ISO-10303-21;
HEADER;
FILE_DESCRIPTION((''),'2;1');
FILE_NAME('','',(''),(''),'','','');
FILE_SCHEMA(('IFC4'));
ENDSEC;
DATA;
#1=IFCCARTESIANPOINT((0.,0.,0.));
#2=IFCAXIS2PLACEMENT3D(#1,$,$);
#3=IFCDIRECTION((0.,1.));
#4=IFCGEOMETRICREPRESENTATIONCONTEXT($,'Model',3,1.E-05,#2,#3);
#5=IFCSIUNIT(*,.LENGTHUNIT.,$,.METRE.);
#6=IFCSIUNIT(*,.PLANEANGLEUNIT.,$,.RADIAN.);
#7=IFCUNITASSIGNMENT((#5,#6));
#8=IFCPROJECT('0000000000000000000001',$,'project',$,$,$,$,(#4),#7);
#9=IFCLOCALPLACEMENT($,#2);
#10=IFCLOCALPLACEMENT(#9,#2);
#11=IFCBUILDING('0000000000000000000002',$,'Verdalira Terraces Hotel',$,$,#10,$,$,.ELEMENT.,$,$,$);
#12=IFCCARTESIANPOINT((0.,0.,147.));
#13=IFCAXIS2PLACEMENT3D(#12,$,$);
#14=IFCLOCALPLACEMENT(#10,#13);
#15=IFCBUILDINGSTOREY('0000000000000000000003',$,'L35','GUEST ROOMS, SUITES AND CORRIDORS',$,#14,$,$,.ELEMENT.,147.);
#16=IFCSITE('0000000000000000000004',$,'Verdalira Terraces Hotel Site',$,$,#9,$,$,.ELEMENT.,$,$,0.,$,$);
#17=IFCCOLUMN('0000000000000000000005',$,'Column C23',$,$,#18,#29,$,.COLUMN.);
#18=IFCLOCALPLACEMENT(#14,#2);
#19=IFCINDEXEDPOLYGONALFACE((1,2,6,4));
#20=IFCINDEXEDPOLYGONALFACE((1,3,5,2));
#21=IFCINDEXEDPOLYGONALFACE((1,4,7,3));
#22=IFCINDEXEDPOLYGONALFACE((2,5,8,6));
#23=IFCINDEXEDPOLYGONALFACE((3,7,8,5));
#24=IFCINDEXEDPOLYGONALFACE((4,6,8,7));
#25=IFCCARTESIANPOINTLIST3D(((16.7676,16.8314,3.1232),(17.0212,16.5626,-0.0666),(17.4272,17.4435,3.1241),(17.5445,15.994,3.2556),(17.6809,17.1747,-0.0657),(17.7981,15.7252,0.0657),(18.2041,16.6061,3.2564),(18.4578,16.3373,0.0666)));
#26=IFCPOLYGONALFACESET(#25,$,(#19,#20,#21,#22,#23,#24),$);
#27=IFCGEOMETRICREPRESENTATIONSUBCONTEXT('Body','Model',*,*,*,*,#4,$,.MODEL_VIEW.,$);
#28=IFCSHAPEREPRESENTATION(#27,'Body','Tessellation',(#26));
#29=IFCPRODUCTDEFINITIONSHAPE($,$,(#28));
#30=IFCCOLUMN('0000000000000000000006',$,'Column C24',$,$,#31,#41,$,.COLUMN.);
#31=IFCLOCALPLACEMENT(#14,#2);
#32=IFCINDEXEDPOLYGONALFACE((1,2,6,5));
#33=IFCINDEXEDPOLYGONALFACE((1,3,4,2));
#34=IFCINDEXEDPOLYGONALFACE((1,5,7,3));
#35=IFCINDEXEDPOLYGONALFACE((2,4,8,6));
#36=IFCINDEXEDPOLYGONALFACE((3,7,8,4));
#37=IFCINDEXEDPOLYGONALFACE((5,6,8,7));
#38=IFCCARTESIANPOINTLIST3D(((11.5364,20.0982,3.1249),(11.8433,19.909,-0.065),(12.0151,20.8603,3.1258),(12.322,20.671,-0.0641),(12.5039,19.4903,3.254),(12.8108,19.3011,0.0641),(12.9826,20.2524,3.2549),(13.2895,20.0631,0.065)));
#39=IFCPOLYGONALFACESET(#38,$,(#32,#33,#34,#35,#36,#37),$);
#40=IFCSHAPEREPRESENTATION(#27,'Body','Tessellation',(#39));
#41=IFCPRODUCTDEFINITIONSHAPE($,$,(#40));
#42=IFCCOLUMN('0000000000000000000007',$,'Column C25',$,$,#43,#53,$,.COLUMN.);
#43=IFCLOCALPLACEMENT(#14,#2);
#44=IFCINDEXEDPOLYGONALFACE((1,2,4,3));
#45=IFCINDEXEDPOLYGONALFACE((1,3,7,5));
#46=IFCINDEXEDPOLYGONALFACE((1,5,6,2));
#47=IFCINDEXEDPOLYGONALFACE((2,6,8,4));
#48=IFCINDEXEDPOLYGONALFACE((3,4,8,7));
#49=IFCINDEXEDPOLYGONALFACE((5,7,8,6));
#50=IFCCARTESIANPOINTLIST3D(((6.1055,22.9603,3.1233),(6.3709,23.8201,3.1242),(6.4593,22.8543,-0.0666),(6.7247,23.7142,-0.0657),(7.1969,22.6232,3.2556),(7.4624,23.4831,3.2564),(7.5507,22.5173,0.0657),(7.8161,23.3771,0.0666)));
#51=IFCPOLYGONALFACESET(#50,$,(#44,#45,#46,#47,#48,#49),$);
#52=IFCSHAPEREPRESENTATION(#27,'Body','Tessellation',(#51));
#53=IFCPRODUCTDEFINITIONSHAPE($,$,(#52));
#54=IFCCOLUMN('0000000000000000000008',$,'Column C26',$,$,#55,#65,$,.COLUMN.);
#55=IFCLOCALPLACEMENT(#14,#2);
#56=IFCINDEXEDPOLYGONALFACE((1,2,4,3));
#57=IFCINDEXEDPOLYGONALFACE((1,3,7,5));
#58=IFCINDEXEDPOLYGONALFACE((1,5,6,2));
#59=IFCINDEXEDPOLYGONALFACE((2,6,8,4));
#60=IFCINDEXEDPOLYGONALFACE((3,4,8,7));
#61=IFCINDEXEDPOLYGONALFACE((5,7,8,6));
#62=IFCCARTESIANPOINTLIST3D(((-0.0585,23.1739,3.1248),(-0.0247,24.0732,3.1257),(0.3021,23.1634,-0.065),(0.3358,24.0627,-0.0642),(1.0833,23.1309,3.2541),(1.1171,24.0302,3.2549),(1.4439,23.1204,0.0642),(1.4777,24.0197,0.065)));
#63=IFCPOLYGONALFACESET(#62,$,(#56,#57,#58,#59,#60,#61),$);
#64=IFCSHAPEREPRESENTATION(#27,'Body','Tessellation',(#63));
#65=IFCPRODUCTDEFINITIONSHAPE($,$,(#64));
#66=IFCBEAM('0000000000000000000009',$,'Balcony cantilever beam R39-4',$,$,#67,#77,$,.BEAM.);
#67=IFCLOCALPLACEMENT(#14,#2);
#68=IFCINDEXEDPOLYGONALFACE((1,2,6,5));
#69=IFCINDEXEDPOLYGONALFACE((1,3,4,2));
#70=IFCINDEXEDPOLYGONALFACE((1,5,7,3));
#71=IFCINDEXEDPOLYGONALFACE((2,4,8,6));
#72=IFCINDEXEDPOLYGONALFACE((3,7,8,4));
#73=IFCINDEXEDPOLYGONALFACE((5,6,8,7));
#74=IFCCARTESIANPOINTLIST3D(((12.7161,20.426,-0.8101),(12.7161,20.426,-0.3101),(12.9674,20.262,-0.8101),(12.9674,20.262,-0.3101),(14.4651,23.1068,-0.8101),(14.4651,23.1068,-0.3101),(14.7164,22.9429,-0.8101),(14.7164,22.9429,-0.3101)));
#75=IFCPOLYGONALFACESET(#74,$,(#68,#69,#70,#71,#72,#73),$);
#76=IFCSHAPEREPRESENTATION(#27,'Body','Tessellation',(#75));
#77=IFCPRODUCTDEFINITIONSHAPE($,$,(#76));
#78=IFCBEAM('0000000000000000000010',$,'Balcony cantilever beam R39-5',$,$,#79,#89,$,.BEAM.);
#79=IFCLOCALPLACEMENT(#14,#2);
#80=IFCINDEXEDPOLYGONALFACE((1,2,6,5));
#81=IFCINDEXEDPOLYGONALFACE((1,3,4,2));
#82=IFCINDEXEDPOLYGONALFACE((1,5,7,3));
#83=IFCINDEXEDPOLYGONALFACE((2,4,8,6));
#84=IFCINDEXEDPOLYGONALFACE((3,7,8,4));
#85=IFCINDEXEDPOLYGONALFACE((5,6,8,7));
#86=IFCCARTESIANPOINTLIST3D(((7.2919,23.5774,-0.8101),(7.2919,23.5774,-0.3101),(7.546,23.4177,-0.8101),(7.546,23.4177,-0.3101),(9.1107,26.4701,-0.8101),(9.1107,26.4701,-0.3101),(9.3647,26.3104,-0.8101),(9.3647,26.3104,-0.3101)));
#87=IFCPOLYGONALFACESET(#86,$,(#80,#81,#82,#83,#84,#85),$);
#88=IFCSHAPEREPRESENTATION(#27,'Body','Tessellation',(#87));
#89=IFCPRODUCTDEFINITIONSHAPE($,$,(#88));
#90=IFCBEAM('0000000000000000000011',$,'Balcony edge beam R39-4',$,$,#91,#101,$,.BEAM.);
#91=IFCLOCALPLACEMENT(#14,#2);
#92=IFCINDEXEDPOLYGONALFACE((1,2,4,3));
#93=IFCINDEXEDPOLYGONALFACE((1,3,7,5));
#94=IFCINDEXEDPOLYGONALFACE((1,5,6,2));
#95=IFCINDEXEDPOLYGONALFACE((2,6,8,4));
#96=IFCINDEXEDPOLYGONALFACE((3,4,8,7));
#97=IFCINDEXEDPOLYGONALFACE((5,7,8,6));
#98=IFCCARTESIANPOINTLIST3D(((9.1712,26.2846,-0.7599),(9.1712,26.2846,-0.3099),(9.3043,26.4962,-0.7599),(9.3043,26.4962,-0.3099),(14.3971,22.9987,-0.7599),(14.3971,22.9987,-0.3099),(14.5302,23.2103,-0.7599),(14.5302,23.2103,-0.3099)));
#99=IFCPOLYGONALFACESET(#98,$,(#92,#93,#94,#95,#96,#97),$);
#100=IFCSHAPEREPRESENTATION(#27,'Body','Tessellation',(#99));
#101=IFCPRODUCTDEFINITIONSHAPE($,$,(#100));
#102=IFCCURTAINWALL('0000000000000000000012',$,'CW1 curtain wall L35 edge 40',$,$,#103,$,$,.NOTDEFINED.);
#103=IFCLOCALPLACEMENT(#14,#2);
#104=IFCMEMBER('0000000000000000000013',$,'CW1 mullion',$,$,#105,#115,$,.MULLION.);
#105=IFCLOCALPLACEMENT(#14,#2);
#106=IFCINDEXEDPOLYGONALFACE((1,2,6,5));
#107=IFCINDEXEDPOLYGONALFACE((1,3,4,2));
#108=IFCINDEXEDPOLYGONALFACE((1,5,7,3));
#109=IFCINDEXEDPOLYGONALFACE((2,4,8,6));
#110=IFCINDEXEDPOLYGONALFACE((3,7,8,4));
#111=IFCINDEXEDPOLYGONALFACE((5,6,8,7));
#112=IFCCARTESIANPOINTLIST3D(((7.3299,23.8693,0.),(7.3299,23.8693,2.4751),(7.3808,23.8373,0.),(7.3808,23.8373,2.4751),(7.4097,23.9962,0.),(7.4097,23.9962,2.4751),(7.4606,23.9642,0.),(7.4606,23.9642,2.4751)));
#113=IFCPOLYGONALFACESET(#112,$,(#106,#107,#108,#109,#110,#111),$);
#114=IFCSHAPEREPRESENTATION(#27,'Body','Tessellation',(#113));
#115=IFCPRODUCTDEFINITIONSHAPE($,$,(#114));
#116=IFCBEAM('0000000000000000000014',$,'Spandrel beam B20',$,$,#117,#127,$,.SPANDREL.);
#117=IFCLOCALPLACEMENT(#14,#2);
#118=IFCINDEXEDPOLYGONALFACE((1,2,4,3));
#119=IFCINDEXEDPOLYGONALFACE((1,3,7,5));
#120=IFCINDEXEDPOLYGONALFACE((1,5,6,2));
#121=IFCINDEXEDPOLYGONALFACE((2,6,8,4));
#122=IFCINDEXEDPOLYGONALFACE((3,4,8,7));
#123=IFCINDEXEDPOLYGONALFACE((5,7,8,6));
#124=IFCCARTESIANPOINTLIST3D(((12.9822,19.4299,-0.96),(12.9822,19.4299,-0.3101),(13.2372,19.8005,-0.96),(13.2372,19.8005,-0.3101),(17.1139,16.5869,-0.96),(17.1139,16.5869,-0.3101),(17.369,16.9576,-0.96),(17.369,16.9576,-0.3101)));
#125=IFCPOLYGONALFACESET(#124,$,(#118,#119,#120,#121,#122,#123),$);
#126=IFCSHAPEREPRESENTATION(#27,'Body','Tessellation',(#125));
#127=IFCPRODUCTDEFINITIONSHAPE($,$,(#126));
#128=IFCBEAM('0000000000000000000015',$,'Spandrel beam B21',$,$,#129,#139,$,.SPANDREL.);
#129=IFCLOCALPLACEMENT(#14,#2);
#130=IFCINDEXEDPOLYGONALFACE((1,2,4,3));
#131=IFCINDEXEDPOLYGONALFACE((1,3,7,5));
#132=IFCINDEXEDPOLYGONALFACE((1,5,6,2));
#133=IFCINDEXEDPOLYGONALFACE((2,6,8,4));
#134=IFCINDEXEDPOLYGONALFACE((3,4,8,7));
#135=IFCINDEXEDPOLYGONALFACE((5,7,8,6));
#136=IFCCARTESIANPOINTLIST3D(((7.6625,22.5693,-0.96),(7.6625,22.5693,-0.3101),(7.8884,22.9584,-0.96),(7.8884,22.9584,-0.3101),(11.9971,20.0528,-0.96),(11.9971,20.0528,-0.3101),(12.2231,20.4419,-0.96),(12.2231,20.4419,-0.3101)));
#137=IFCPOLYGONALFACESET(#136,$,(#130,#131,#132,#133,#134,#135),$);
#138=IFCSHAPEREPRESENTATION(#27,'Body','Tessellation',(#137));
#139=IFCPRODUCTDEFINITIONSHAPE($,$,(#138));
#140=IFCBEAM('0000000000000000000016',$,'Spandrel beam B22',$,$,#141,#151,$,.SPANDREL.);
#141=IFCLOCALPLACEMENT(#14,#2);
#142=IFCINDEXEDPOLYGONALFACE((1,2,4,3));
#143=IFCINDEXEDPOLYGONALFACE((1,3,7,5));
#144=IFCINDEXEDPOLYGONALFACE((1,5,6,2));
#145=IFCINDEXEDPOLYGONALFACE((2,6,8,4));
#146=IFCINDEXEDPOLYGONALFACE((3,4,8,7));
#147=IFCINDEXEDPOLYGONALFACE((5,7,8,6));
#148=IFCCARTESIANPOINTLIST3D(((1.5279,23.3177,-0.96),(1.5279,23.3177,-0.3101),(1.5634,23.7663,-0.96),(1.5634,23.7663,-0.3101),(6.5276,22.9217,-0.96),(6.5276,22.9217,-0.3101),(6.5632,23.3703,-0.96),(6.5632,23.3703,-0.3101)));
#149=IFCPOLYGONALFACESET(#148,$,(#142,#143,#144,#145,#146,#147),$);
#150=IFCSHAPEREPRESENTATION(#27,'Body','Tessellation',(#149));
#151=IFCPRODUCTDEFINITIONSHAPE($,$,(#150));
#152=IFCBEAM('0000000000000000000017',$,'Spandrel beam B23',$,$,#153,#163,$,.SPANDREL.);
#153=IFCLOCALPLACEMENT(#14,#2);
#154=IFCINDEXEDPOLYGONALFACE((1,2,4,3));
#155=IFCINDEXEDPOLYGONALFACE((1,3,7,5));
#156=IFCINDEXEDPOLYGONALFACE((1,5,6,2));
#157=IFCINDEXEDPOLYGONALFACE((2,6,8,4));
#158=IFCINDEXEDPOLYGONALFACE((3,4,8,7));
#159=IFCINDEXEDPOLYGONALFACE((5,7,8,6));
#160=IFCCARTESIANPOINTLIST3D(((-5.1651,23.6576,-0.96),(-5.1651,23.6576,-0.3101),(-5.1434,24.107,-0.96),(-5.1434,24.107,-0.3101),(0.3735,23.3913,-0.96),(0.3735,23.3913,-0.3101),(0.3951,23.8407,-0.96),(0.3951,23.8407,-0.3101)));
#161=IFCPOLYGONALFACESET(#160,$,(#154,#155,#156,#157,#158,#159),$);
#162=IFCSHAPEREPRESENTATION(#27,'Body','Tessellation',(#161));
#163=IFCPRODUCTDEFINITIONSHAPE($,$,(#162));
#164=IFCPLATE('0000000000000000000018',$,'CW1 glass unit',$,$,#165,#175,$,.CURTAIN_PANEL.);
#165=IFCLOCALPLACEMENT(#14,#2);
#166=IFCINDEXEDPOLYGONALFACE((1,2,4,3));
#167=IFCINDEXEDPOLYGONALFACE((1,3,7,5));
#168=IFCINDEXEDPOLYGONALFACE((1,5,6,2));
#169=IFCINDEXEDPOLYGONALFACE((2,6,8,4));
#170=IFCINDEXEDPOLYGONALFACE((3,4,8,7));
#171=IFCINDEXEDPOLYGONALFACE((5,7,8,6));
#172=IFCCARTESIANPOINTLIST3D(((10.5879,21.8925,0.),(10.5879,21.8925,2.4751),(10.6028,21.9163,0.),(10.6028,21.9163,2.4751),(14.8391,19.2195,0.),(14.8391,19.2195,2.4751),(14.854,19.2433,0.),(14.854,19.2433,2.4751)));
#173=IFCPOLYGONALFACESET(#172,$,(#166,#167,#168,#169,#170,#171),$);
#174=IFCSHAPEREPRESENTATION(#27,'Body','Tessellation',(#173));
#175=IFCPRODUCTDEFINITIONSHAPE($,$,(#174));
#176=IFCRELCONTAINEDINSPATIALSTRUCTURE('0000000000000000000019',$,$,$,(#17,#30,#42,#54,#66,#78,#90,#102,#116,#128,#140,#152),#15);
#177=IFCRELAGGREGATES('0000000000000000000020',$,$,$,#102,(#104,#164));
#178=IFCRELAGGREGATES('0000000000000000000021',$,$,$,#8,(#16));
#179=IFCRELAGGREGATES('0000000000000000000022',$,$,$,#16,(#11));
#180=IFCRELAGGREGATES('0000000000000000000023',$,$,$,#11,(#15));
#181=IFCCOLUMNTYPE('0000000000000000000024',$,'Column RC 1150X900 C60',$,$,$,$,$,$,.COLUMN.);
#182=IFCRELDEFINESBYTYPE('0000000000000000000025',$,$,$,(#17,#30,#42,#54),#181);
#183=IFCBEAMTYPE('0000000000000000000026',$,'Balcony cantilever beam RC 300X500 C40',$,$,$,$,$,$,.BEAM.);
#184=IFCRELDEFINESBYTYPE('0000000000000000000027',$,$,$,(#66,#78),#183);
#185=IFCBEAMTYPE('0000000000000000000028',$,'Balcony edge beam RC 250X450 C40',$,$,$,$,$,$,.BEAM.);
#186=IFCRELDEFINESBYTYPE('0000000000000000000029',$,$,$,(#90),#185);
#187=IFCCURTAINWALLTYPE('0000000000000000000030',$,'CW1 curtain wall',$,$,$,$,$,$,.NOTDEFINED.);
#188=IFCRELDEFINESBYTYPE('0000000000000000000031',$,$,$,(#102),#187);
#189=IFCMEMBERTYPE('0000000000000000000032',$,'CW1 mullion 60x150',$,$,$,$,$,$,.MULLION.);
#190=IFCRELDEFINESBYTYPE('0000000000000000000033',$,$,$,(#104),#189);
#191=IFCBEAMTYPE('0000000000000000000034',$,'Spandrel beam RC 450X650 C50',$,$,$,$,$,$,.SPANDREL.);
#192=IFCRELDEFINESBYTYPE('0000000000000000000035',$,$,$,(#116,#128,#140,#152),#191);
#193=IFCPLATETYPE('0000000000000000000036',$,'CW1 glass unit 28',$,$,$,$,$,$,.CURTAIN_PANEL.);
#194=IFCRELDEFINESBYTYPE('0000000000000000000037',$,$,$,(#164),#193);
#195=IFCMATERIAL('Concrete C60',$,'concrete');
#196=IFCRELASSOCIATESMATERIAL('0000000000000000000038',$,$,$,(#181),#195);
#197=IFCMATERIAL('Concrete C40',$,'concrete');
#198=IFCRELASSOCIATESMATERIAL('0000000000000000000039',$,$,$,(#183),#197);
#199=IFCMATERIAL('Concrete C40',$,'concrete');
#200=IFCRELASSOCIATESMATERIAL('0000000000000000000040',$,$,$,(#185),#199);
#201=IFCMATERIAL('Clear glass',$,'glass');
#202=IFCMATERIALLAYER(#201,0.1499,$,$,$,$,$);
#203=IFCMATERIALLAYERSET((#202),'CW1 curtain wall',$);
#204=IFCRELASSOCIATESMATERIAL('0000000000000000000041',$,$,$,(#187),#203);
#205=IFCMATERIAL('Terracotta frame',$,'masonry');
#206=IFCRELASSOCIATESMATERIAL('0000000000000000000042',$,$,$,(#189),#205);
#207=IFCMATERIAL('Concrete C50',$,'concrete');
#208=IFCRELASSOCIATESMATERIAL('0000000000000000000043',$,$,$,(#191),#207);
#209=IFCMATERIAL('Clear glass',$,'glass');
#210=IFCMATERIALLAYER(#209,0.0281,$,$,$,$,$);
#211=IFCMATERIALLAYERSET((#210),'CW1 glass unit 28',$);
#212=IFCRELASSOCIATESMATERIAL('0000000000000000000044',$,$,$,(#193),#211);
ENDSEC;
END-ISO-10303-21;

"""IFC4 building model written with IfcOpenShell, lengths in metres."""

from ifc_helpers import new_model, si_unit, direction, frame, origin, origin_2d, place, context, subcontext, project, spatial, rectangle, extrude, material, layer, layer_set, material_profile, profile_set, type_object, element, aggregate, save


model = new_model("IFC4")

# Units and contexts
model_context = context("Model", 3, precision=1e-05, world=origin(), true_north=direction((0.0, 1.0)))
body_context = subcontext(model_context, "Body", "Model", "MODEL_VIEW")
ifc_project = project(units=[si_unit("LENGTHUNIT", "METRE"), si_unit("PLANEANGLEUNIT", "RADIAN")], contexts=[model_context])

# Site, building, storey
site_placement = place(None, origin())
site = spatial("IfcSite", under=ifc_project, at=site_placement, Name="Verdalira Terraces Hotel Site", CompositionType="ELEMENT", RefElevation=0.0)
building_placement = place(site_placement, origin())
building = spatial("IfcBuilding", under=site, at=building_placement, Name="Verdalira Terraces Hotel", CompositionType="ELEMENT")
storey_placement = place(building_placement, frame((0.0, 0.0, 147.0)))
storey = spatial("IfcBuildingStorey", under=building, at=storey_placement, Name="L35", Description="GUEST ROOMS, SUITES AND CORRIDORS", CompositionType="ELEMENT", Elevation=147.0)

# Columns
ifc_material_1 = material(Name="Concrete C60", Category="concrete")
ifc_material_profile_1 = material_profile(ifc_material_1, rectangle(XDim=1.1499, YDim=0.8999, at=origin_2d()), Name="RC 1150X900")
ifc_profile_set_1 = profile_set([ifc_material_profile_1], Name="Concrete C60")
column_type = type_object("IfcColumnType", Name="Column RC 1150X900 C60", PredefinedType="COLUMN", material=ifc_profile_set_1)
column_1_placement = place(storey_placement, frame((17.7395, 16.45, 0.0), z_axis=(-0.078991, 0.083705, 0.993355), x_axis=(0.675614, -0.728217, 0.115087)))
element("IfcColumn", 1, at=column_1_placement, inside=storey, type_object=column_type, Name="Column C23", PredefinedType="COLUMN", context=body_context, shape_type="SweptSolid", body=[
    extrude(rectangle(XDim=1.1499, YDim=0.8999, at=origin_2d()), origin(), (0.0, 0.0, 1.0), 3.2112),
])
column_2_placement = place(storey_placement, frame((12.5664, 19.9861, 0.0), z_axis=(-0.095595, 0.058939, 0.993674), x_axis=(-0.841376, 0.528654, -0.1123)))
element("IfcColumn", 2, at=column_2_placement, inside=storey, type_object=column_type, Name="Column C24", PredefinedType="COLUMN", context=body_context, shape_type="SweptSolid", body=[
    extrude(rectangle(XDim=1.1499, YDim=0.8999, at=origin_2d()), origin(), (0.0, 0.0, 1.0), 3.2102),
])
column_3_placement = place(storey_placement, frame((7.1377, 23.1157, 0.0), z_axis=(-0.110163, 0.032996, 0.993366), x_axis=(0.949145, -0.293088, 0.114994)))
element("IfcColumn", 3, at=column_3_placement, inside=storey, type_object=column_type, Name="Column C25", PredefinedType="COLUMN", context=body_context, shape_type="SweptSolid", body=[
    extrude(rectangle(XDim=1.1499, YDim=0.8999, at=origin_2d()), origin(), (0.0, 0.0, 1.0), 3.2112),
])
column_4_placement = place(storey_placement, frame((0.8899, 23.5916, 0.0), z_axis=(-0.112325, 0.00327, 0.993666), x_axis=(-0.992965, 0.037343, -0.112369)))
element("IfcColumn", 4, at=column_4_placement, inside=storey, type_object=column_type, Name="Column C26", PredefinedType="COLUMN", context=body_context, shape_type="SweptSolid", body=[
    extrude(rectangle(XDim=1.1499, YDim=0.8999, at=origin_2d()), origin(), (0.0, 0.0, 1.0), 3.2102),
])

# Beams
ifc_material_2 = material(Name="Concrete C40", Category="concrete")
ifc_material_profile_2 = material_profile(ifc_material_2, rectangle(XDim=0.3, YDim=0.5, at=origin_2d()), Name="RC 300X500")
ifc_profile_set_2 = profile_set([ifc_material_profile_2], Name="Concrete C40")
beam_type_1 = type_object("IfcBeamType", Name="Balcony cantilever beam RC 300X500 C40", PredefinedType="BEAM", material=ifc_profile_set_2)
beam_1_placement = place(storey_placement, frame((12.8418, 20.344, -0.5601), z_axis=(0.5464, 0.837524, 0.0), x_axis=(-0.837524, 0.5464, 0.0)))
element("IfcBeam", 5, at=beam_1_placement, inside=storey, type_object=beam_type_1, Name="Balcony cantilever beam R39-4", PredefinedType="BEAM", context=body_context, shape_type="SweptSolid", body=[
    extrude(rectangle(XDim=0.3, YDim=0.5, at=origin_2d()), origin(), (0.0, 0.0, 1.0), 3.2009),
])
beam_2_placement = place(storey_placement, frame((7.4189, 23.4976, -0.5601), z_axis=(0.532277, 0.84657, 0.0), x_axis=(-0.84657, 0.532277, 0.0)))
element("IfcBeam", 6, at=beam_2_placement, inside=storey, type_object=beam_type_1, Name="Balcony cantilever beam R39-5", PredefinedType="BEAM", context=body_context, shape_type="SweptSolid", body=[
    extrude(rectangle(XDim=0.3, YDim=0.5, at=origin_2d()), origin(), (0.0, 0.0, 1.0), 3.417),
])
ifc_material_3 = material(Name="Concrete C40", Category="concrete")
ifc_material_profile_3 = material_profile(ifc_material_3, rectangle(XDim=0.25, YDim=0.45, at=origin_2d()), Name="RC 250X450")
ifc_profile_set_3 = profile_set([ifc_material_profile_3], Name="Concrete C40")
beam_type_2 = type_object("IfcBeamType", Name="Balcony edge beam RC 250X450 C40", PredefinedType="BEAM", material=ifc_profile_set_3)
beam_3_placement = place(storey_placement, frame((14.4636, 23.1045, -0.5349), z_axis=(-0.846558, 0.532297, 0.0), x_axis=(-0.532297, -0.846558, 0.0)))
element("IfcBeam", 7, at=beam_3_placement, inside=storey, type_object=beam_type_2, Name="Balcony edge beam R39-4", PredefinedType="BEAM", context=body_context, shape_type="SweptSolid", body=[
    extrude(rectangle(XDim=0.25, YDim=0.45, at=origin_2d()), origin(), (0.0, 0.0, 1.0), 6.1731),
])

# Curtain wall, member
ifc_material_4 = material(Name="Clear glass", Category="glass")
ifc_layer_1 = layer(ifc_material_4, 0.1499)
ifc_layer_set_1 = layer_set([ifc_layer_1], Name="CW1 curtain wall")
curtain_wall_type = type_object("IfcCurtainWallType", Name="CW1 curtain wall", PredefinedType="NOTDEFINED", material=ifc_layer_set_1)
curtain_wall_placement = place(storey_placement, origin())
curtain_wall = element("IfcCurtainWall", 8, at=curtain_wall_placement, inside=storey, type_object=curtain_wall_type, Name="CW1 curtain wall L35 edge 40", PredefinedType="NOTDEFINED")
ifc_material_5 = material(Name="Terracotta frame", Category="masonry")
ifc_material_profile_4 = material_profile(ifc_material_5, rectangle(XDim=0.0601, YDim=0.1499, at=origin_2d()), Name="MU 60x150")
ifc_profile_set_4 = profile_set([ifc_material_profile_4], Name="Terracotta frame")
member_type = type_object("IfcMemberType", Name="CW1 mullion 60x150", PredefinedType="MULLION", material=ifc_profile_set_4)
member_placement = place(storey_placement, frame((7.3953, 23.9167, 0.0), z_axis=(0.0, 0.0, 1.0), x_axis=(-0.846565, 0.532285, 0.0)))
member = element("IfcMember", 9, at=member_placement, type_object=member_type, Name="CW1 mullion", PredefinedType="MULLION", context=body_context, shape_type="SweptSolid", body=[
    extrude(rectangle(XDim=0.0601, YDim=0.1499, at=origin_2d()), origin(), (0.0, 0.0, 1.0), 2.4751),
])

# Beams
ifc_material_6 = material(Name="Concrete C50", Category="concrete")
ifc_material_profile_5 = material_profile(ifc_material_6, rectangle(XDim=0.45, YDim=0.6499, at=origin_2d()), Name="RC 450X650")
ifc_profile_set_5 = profile_set([ifc_material_profile_5], Name="Concrete C50")
beam_type_3 = type_object("IfcBeamType", Name="Spandrel beam RC 450X650 C50", PredefinedType="SPANDREL", material=ifc_profile_set_5)
beam_4_placement = place(storey_placement, frame((17.2415, 16.7722, -0.635), z_axis=(-0.82382, 0.566851, 0.0), x_axis=(-0.566851, -0.82382, 0.0)))
element("IfcBeam", 10, at=beam_4_placement, inside=storey, type_object=beam_type_3, Name="Spandrel beam B20", PredefinedType="SPANDREL", context=body_context, shape_type="SweptSolid", body=[
    extrude(rectangle(XDim=0.45, YDim=0.6499, at=origin_2d()), origin(), (0.0, 0.0, 1.0), 5.0154),
])
beam_5_placement = place(storey_placement, frame((12.1101, 20.2473, -0.635), z_axis=(-0.864818, 0.502086, 0.0), x_axis=(-0.502086, -0.864818, 0.0)))
element("IfcBeam", 11, at=beam_5_placement, inside=storey, type_object=beam_type_3, Name="Spandrel beam B21", PredefinedType="SPANDREL", context=body_context, shape_type="SweptSolid", body=[
    extrude(rectangle(XDim=0.45, YDim=0.6499, at=origin_2d()), origin(), (0.0, 0.0, 1.0), 5.0122),
])
beam_6_placement = place(storey_placement, frame((6.5454, 23.146, -0.635), z_axis=(-0.996878, 0.078956, 0.0), x_axis=(-0.078956, -0.996878, 0.0)))
element("IfcBeam", 12, at=beam_6_placement, inside=storey, type_object=beam_type_3, Name="Spandrel beam B22", PredefinedType="SPANDREL", context=body_context, shape_type="SweptSolid", body=[
    extrude(rectangle(XDim=0.45, YDim=0.6499, at=origin_2d()), origin(), (0.0, 0.0, 1.0), 5.0154),
])
beam_7_placement = place(storey_placement, frame((0.3843, 23.616, -0.635), z_axis=(-0.998846, 0.048036, 0.0), x_axis=(-0.048036, -0.998846, 0.0)))
element("IfcBeam", 13, at=beam_7_placement, inside=storey, type_object=beam_type_3, Name="Spandrel beam B23", PredefinedType="SPANDREL", context=body_context, shape_type="SweptSolid", body=[
    extrude(rectangle(XDim=0.45, YDim=0.6499, at=origin_2d()), origin(), (0.0, 0.0, 1.0), 5.5449),
])

# Plate
ifc_material_7 = material(Name="Clear glass", Category="glass")
ifc_layer_2 = layer(ifc_material_7, 0.0281)
ifc_layer_set_2 = layer_set([ifc_layer_2], Name="CW1 glass unit 28")
plate_type = type_object("IfcPlateType", Name="CW1 glass unit 28", PredefinedType="CURTAIN_PANEL", material=ifc_layer_set_2)
plate_placement = place(storey_placement, frame((12.7209, 20.5679, 0.0), z_axis=(0.0, 0.0, 1.0), x_axis=(-0.846565, 0.532285, 0.0)))
plate = element("IfcPlate", 14, at=plate_placement, type_object=plate_type, Name="CW1 glass unit", PredefinedType="CURTAIN_PANEL", context=body_context, shape_type="SweptSolid", body=[
    extrude(rectangle(XDim=5.0217, YDim=0.0281, at=origin_2d()), origin(), (0.0, 0.0, 1.0), 2.4751),
])
aggregate(curtain_wall, [member, plate])

save(model, "model.ifc")
